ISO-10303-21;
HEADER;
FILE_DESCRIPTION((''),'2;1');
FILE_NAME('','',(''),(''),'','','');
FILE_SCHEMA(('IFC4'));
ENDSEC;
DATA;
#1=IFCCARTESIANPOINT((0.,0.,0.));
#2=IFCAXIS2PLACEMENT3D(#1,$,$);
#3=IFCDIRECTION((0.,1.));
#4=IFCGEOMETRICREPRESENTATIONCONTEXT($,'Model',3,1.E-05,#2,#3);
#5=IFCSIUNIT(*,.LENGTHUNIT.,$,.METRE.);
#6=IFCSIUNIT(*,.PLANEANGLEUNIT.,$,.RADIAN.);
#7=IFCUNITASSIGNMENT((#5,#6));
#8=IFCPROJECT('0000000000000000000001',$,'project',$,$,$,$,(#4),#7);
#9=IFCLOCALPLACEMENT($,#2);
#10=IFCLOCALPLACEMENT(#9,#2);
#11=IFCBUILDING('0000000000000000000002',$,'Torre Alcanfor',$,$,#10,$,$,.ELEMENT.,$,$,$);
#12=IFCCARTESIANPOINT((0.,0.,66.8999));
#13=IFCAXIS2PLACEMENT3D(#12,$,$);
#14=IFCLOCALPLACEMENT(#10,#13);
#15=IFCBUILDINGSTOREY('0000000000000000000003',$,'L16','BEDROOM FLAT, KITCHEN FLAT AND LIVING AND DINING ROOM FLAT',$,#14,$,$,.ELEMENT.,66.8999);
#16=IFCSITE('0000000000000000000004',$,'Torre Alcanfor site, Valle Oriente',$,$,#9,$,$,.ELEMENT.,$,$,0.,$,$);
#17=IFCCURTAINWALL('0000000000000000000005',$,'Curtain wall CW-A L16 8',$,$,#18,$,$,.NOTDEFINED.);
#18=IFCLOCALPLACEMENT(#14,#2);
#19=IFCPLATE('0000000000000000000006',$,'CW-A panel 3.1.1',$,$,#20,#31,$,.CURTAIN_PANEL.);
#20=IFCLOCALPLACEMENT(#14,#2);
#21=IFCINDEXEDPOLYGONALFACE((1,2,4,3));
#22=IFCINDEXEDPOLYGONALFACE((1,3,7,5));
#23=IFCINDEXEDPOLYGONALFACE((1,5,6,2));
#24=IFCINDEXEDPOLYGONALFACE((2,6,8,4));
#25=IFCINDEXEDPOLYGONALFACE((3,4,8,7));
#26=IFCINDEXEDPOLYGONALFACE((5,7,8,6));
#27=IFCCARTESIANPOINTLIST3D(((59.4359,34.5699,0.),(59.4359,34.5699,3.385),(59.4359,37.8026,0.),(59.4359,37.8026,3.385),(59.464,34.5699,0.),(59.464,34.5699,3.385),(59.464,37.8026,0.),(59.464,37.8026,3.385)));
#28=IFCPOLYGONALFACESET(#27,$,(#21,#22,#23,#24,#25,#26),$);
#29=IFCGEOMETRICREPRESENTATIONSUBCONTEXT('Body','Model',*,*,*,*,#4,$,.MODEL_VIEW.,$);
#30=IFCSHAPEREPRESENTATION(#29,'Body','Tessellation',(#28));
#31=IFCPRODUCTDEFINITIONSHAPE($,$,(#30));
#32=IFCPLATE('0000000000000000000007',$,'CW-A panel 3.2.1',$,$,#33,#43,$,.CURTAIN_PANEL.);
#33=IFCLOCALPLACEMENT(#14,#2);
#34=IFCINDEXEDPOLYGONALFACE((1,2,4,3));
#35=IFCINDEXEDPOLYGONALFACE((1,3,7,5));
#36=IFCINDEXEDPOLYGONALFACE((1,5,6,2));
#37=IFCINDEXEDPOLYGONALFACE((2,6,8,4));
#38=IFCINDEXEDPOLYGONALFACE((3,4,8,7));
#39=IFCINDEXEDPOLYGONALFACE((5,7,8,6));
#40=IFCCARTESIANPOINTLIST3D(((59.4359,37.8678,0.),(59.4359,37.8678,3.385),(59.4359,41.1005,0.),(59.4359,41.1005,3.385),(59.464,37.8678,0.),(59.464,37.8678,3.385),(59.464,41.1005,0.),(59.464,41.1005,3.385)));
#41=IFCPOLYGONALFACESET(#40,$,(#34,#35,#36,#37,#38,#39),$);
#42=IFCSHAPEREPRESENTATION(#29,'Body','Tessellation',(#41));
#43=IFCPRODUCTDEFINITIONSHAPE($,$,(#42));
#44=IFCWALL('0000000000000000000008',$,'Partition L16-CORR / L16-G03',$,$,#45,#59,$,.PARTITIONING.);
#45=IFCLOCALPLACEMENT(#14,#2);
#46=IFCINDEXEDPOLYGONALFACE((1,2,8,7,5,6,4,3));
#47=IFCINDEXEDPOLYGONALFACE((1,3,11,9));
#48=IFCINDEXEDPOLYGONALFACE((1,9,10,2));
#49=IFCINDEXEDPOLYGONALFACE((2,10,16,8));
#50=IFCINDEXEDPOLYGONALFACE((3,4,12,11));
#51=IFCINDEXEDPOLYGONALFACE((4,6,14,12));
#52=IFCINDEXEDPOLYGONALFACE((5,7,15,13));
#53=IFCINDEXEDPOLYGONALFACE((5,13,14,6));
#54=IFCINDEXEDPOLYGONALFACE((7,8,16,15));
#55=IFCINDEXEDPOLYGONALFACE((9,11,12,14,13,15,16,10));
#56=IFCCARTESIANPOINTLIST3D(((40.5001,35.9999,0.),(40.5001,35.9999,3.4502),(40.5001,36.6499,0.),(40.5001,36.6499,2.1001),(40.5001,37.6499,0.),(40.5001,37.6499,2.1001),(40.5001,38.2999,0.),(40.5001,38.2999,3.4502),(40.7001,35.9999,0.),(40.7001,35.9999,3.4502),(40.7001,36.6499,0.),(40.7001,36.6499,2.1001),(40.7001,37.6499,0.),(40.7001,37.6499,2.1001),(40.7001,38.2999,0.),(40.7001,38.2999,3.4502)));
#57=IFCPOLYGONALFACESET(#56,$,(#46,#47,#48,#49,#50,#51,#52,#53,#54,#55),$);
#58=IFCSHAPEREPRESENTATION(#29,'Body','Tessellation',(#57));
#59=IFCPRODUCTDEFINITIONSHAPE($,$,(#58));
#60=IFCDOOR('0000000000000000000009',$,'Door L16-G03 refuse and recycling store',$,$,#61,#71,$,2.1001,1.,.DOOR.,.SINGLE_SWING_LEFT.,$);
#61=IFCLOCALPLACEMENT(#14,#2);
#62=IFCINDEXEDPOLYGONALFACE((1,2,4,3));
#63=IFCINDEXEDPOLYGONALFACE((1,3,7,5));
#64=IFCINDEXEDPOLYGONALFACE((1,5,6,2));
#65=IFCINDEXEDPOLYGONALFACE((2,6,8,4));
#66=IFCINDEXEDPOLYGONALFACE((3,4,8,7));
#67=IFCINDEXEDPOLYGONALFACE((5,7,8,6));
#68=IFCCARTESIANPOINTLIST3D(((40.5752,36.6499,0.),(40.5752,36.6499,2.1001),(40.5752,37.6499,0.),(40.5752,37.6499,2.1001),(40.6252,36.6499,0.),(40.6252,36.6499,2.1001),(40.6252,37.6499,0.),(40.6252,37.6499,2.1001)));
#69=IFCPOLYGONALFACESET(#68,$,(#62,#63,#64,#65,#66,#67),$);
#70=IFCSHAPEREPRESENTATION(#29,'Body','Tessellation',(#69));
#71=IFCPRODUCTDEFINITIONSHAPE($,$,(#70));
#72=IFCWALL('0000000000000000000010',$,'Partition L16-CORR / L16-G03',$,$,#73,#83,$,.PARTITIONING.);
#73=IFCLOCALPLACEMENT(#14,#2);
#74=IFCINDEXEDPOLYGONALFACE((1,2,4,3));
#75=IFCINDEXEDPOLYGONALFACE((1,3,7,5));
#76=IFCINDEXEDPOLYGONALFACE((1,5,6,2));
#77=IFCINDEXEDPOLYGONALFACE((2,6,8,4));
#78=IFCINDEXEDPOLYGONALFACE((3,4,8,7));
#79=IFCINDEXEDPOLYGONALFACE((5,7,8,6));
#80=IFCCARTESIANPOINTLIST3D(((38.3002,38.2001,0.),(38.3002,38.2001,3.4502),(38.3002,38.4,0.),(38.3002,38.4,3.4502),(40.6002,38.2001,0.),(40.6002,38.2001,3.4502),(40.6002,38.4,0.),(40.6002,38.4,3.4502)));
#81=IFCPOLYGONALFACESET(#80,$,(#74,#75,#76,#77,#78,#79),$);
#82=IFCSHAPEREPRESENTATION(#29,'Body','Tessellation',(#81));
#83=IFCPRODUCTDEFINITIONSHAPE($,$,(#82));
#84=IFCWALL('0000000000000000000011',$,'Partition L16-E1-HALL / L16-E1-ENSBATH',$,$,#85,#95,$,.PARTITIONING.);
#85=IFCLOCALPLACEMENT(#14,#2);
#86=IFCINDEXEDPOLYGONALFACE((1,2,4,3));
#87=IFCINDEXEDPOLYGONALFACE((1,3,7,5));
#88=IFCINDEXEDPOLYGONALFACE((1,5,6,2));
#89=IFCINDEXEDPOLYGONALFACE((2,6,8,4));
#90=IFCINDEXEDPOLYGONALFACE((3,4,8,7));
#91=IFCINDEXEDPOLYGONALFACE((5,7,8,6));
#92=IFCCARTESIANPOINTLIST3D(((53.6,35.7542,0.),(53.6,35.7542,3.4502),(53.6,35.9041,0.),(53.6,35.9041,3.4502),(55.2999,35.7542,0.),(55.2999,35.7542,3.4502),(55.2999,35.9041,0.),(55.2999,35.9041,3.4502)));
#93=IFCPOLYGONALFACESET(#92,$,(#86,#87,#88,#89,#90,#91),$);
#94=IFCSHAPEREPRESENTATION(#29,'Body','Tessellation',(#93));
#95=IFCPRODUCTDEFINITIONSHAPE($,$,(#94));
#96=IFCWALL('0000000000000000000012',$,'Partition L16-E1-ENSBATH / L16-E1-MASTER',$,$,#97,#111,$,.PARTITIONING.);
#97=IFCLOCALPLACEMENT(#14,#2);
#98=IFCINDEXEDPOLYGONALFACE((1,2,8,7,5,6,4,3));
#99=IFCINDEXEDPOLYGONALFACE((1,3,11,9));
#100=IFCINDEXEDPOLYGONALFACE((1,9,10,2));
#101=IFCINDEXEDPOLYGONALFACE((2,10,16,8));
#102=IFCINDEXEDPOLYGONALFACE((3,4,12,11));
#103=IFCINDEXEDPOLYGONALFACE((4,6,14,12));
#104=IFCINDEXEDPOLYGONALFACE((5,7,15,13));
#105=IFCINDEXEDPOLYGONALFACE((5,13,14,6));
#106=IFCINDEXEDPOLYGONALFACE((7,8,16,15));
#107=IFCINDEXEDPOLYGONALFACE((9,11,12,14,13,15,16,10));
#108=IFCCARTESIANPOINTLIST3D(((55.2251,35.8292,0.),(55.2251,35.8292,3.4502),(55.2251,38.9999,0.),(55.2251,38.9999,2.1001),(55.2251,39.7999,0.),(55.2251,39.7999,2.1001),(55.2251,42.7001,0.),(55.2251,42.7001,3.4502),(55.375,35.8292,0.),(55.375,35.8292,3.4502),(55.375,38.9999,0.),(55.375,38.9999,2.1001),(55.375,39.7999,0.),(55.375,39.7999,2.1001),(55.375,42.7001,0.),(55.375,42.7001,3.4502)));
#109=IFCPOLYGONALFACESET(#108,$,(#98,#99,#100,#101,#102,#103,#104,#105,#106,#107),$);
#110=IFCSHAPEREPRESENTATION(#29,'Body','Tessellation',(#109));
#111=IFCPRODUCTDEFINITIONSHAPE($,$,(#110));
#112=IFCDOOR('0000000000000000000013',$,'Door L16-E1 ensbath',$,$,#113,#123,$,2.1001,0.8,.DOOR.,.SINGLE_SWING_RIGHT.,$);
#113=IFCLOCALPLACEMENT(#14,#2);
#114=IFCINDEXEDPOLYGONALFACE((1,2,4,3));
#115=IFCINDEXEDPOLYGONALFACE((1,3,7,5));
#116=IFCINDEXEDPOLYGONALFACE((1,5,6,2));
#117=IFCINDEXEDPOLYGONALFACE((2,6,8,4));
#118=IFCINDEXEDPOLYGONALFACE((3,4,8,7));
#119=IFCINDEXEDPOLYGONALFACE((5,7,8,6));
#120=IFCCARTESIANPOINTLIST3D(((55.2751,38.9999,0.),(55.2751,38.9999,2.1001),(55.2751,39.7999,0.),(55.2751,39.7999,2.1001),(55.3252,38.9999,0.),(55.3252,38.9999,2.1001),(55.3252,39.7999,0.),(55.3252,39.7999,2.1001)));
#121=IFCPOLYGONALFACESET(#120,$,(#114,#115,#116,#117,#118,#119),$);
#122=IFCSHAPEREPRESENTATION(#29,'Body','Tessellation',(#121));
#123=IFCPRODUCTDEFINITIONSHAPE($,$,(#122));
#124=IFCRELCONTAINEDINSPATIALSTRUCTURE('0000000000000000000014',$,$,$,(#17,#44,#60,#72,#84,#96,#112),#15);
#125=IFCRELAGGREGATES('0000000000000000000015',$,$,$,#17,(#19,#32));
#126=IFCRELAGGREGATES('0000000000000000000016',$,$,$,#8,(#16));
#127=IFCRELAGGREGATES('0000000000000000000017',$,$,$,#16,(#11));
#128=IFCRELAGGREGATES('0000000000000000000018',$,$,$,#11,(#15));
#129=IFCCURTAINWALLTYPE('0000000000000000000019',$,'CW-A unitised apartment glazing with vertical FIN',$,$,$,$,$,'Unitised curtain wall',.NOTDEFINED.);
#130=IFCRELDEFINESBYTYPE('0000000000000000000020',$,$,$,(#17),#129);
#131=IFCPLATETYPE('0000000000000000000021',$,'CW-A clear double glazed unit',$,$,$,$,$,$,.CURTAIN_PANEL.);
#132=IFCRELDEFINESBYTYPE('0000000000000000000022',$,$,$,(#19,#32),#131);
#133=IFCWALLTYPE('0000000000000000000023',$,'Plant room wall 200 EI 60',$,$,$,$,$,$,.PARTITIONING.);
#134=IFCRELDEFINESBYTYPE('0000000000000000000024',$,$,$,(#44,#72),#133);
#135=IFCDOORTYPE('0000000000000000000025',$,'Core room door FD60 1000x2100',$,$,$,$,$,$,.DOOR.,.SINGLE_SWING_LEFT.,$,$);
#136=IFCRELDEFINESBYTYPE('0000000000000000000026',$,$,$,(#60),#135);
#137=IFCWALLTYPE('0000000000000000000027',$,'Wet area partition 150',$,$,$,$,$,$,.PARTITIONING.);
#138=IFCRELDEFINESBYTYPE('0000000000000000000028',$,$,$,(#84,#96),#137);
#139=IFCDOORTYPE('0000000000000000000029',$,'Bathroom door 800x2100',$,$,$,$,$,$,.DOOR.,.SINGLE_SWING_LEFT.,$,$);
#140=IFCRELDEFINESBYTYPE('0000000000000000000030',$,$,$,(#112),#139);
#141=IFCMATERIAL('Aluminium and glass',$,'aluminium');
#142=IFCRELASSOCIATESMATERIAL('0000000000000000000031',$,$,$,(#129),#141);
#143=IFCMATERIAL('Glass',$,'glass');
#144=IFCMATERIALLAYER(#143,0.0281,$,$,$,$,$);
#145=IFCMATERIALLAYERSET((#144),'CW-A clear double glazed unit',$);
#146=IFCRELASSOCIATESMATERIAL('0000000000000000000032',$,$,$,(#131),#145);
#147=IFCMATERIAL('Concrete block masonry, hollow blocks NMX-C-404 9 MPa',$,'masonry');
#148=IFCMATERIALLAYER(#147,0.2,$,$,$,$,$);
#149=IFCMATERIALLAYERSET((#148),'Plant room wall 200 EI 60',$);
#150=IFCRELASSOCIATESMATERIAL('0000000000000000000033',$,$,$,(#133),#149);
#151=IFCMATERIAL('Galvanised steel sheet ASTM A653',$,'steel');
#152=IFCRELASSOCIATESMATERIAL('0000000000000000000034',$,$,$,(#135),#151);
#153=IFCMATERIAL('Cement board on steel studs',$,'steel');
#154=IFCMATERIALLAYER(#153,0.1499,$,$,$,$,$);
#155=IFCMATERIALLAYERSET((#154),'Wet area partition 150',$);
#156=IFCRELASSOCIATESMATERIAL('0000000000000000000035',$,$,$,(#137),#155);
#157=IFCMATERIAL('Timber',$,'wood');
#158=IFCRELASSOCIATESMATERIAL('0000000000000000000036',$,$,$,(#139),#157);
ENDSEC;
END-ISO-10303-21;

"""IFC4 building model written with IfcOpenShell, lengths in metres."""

from ifc_helpers import new_model, si_unit, direction, frame, frame_2d, origin, origin_2d, place, context, subcontext, project, spatial, rectangle, extrude, material, layer, layer_set, type_object, element, fill, aggregate, save


model = new_model("IFC4")

# Units and contexts
model_context = context("Model", 3, precision=1e-05, world=origin(), true_north=direction((0.0, 1.0)))
body_context = subcontext(model_context, "Body", "Model", "MODEL_VIEW")
ifc_project = project(units=[si_unit("LENGTHUNIT", "METRE"), si_unit("PLANEANGLEUNIT", "RADIAN")], contexts=[model_context])

# Site, building, storey
site_placement = place(None, origin())
site = spatial("IfcSite", under=ifc_project, at=site_placement, Name="Torre Alcanfor site, Valle Oriente", CompositionType="ELEMENT", RefElevation=0.0)
building_placement = place(site_placement, origin())
building = spatial("IfcBuilding", under=site, at=building_placement, Name="Torre Alcanfor", CompositionType="ELEMENT")
storey_placement = place(building_placement, frame((0.0, 0.0, 66.8999)))
storey = spatial("IfcBuildingStorey", under=building, at=storey_placement, Name="L16", Description="BEDROOM FLAT, KITCHEN FLAT AND LIVING AND DINING ROOM FLAT", CompositionType="ELEMENT", Elevation=66.8999)

# Curtain wall
ifc_material_1 = material(Name="Aluminium and glass", Category="aluminium")
curtain_wall_type = type_object("IfcCurtainWallType", Name="CW-A unitised apartment glazing with vertical FIN", ElementType="Unitised curtain wall", PredefinedType="NOTDEFINED", material=ifc_material_1)
curtain_wall_placement = place(storey_placement, origin())
curtain_wall = element("IfcCurtainWall", 1, at=curtain_wall_placement, inside=storey, type_object=curtain_wall_type, Name="Curtain wall CW-A L16 8", PredefinedType="NOTDEFINED")

# Plates
ifc_material_2 = material(Name="Glass", Category="glass")
ifc_layer_1 = layer(ifc_material_2, 0.0281)
ifc_layer_set_1 = layer_set([ifc_layer_1], Name="CW-A clear double glazed unit")
plate_type = type_object("IfcPlateType", Name="CW-A clear double glazed unit", PredefinedType="CURTAIN_PANEL", material=ifc_layer_set_1)
plate_1_placement = place(storey_placement, frame((59.45, 36.1863, 0.0), z_axis=(0.0, 0.0, 1.0), x_axis=(0.0, 1.0, 0.0)))
plate_1 = element("IfcPlate", 2, at=plate_1_placement, type_object=plate_type, Name="CW-A panel 3.1.1", PredefinedType="CURTAIN_PANEL", context=body_context, shape_type="SweptSolid", body=[
    extrude(rectangle(XDim=3.2327, YDim=0.0281, at=origin_2d()), origin(), (0.0, 0.0, 1.0), 3.385),
])
plate_2_placement = place(storey_placement, frame((59.45, 39.4841, 0.0), z_axis=(0.0, 0.0, 1.0), x_axis=(0.0, 1.0, 0.0)))
plate_2 = element("IfcPlate", 3, at=plate_2_placement, type_object=plate_type, Name="CW-A panel 3.2.1", PredefinedType="CURTAIN_PANEL", context=body_context, shape_type="SweptSolid", body=[
    extrude(rectangle(XDim=3.2327, YDim=0.0281, at=origin_2d()), origin(), (0.0, 0.0, 1.0), 3.385),
])
aggregate(curtain_wall, [plate_1, plate_2])

# Wall, opening, door
ifc_material_3 = material(Name="Concrete block masonry, hollow blocks NMX-C-404 9 MPa", Category="masonry")
ifc_layer_2 = layer(ifc_material_3, 0.2)
ifc_layer_set_2 = layer_set([ifc_layer_2], Name="Plant room wall 200 EI 60")
wall_type_1 = type_object("IfcWallType", Name="Plant room wall 200 EI 60", PredefinedType="PARTITIONING", material=ifc_layer_set_2)
wall_1_placement = place(storey_placement, frame((40.6001, 36.0, 0.0), z_axis=(0.0, 0.0, 1.0), x_axis=(0.0, 1.0, 0.0)))
wall_1 = element("IfcWall", 4, at=wall_1_placement, inside=storey, type_object=wall_type_1, Name="Partition L16-CORR / L16-G03", PredefinedType="PARTITIONING", context=body_context, shape_type="SweptSolid", body=[
    extrude(rectangle(XDim=2.3, YDim=0.2, at=frame_2d((1.1499, 0.0))), origin(), (0.0, 0.0, 1.0), 3.4502),
])
opening_1_placement = place(wall_1_placement, frame((0.6499, 0.0, 0.0)))
opening_1 = element("IfcOpeningElement", 5, at=opening_1_placement, cuts=wall_1, PredefinedType="OPENING", context=body_context, shape_type="SweptSolid", body=[
    extrude(rectangle(XDim=1.0, YDim=2.1001, at=frame_2d((0.5, 1.05))), frame((0.0, 0.1099, 0.0), z_axis=(0.0, -1.0, 0.0), x_axis=(1.0, 0.0, 0.0)), (0.0, 0.0, 1.0), 0.22),
])
ifc_material_4 = material(Name="Galvanised steel sheet ASTM A653", Category="steel")
door_type_1 = type_object("IfcDoorType", Name="Core room door FD60 1000x2100", OperationType="SINGLE_SWING_LEFT", PredefinedType="DOOR", material=ifc_material_4)
door_1_placement = place(opening_1_placement, origin())
door_1 = element("IfcDoor", 6, at=door_1_placement, inside=storey, type_object=door_type_1, Name="Door L16-G03 refuse and recycling store", OperationType="SINGLE_SWING_LEFT", OverallHeight=2.1001, OverallWidth=1.0, PredefinedType="DOOR", context=body_context, shape_type="SweptSolid", body=[
    extrude(rectangle(XDim=1.0, YDim=2.1001, at=frame_2d((0.5, 1.05))), frame((0.0, 0.0249, 0.0), z_axis=(0.0, -1.0, 0.0), x_axis=(1.0, 0.0, 0.0)), (0.0, 0.0, 1.0), 0.05),
])
fill(opening_1, door_1)

# Walls
wall_2_placement = place(storey_placement, frame((40.6001, 38.3, 0.0), z_axis=(0.0, 0.0, 1.0), x_axis=(-1.0, 0.0, 0.0)))
element("IfcWall", 7, at=wall_2_placement, inside=storey, type_object=wall_type_1, Name="Partition L16-CORR / L16-G03", PredefinedType="PARTITIONING", context=body_context, shape_type="SweptSolid", body=[
    extrude(rectangle(XDim=2.3, YDim=0.2, at=frame_2d((1.1499, 0.0))), origin(), (0.0, 0.0, 1.0), 3.4502),
])
ifc_material_5 = material(Name="Cement board on steel studs", Category="steel")
ifc_layer_3 = layer(ifc_material_5, 0.1499)
ifc_layer_set_3 = layer_set([ifc_layer_3], Name="Wet area partition 150")
wall_type_2 = type_object("IfcWallType", Name="Wet area partition 150", PredefinedType="PARTITIONING", material=ifc_layer_set_3)
wall_3_placement = place(storey_placement, frame((55.3, 35.8291, 0.0), z_axis=(0.0, 0.0, 1.0), x_axis=(-1.0, 0.0, 0.0)))
element("IfcWall", 8, at=wall_3_placement, inside=storey, type_object=wall_type_2, Name="Partition L16-E1-HALL / L16-E1-ENSBATH", PredefinedType="PARTITIONING", context=body_context, shape_type="SweptSolid", body=[
    extrude(rectangle(XDim=1.7, YDim=0.1499, at=frame_2d((0.8501, 0.0))), origin(), (0.0, 0.0, 1.0), 3.4502),
])

# Wall, opening, door
wall_4_placement = place(storey_placement, frame((55.3, 35.8291, 0.0), z_axis=(0.0, 0.0, 1.0), x_axis=(0.0, 1.0, 0.0)))
wall_4 = element("IfcWall", 9, at=wall_4_placement, inside=storey, type_object=wall_type_2, Name="Partition L16-E1-ENSBATH / L16-E1-MASTER", PredefinedType="PARTITIONING", context=body_context, shape_type="SweptSolid", body=[
    extrude(rectangle(XDim=6.8708, YDim=0.1499, at=frame_2d((3.4355, 0.0))), origin(), (0.0, 0.0, 1.0), 3.4502),
])
opening_2_placement = place(wall_4_placement, frame((3.1709, 0.0, 0.0)))
opening_2 = element("IfcOpeningElement", 10, at=opening_2_placement, cuts=wall_4, PredefinedType="OPENING", context=body_context, shape_type="SweptSolid", body=[
    extrude(rectangle(XDim=0.8, YDim=2.1001, at=frame_2d((0.3999, 1.05))), frame((0.0, 0.085, 0.0), z_axis=(0.0, -1.0, 0.0), x_axis=(1.0, 0.0, 0.0)), (0.0, 0.0, 1.0), 0.1699),
])
ifc_material_6 = material(Name="Timber", Category="wood")
door_type_2 = type_object("IfcDoorType", Name="Bathroom door 800x2100", OperationType="SINGLE_SWING_LEFT", PredefinedType="DOOR", material=ifc_material_6)
door_2_placement = place(opening_2_placement, origin())
door_2 = element("IfcDoor", 11, at=door_2_placement, inside=storey, type_object=door_type_2, Name="Door L16-E1 ensbath", OperationType="SINGLE_SWING_RIGHT", OverallHeight=2.1001, OverallWidth=0.8, PredefinedType="DOOR", context=body_context, shape_type="SweptSolid", body=[
    extrude(rectangle(XDim=0.8, YDim=2.1001, at=frame_2d((0.3999, 1.05))), frame((0.0, 0.0249, 0.0), z_axis=(0.0, -1.0, 0.0), x_axis=(1.0, 0.0, 0.0)), (0.0, 0.0, 1.0), 0.05),
])
fill(opening_2, door_2)

save(model, "model.ifc")
